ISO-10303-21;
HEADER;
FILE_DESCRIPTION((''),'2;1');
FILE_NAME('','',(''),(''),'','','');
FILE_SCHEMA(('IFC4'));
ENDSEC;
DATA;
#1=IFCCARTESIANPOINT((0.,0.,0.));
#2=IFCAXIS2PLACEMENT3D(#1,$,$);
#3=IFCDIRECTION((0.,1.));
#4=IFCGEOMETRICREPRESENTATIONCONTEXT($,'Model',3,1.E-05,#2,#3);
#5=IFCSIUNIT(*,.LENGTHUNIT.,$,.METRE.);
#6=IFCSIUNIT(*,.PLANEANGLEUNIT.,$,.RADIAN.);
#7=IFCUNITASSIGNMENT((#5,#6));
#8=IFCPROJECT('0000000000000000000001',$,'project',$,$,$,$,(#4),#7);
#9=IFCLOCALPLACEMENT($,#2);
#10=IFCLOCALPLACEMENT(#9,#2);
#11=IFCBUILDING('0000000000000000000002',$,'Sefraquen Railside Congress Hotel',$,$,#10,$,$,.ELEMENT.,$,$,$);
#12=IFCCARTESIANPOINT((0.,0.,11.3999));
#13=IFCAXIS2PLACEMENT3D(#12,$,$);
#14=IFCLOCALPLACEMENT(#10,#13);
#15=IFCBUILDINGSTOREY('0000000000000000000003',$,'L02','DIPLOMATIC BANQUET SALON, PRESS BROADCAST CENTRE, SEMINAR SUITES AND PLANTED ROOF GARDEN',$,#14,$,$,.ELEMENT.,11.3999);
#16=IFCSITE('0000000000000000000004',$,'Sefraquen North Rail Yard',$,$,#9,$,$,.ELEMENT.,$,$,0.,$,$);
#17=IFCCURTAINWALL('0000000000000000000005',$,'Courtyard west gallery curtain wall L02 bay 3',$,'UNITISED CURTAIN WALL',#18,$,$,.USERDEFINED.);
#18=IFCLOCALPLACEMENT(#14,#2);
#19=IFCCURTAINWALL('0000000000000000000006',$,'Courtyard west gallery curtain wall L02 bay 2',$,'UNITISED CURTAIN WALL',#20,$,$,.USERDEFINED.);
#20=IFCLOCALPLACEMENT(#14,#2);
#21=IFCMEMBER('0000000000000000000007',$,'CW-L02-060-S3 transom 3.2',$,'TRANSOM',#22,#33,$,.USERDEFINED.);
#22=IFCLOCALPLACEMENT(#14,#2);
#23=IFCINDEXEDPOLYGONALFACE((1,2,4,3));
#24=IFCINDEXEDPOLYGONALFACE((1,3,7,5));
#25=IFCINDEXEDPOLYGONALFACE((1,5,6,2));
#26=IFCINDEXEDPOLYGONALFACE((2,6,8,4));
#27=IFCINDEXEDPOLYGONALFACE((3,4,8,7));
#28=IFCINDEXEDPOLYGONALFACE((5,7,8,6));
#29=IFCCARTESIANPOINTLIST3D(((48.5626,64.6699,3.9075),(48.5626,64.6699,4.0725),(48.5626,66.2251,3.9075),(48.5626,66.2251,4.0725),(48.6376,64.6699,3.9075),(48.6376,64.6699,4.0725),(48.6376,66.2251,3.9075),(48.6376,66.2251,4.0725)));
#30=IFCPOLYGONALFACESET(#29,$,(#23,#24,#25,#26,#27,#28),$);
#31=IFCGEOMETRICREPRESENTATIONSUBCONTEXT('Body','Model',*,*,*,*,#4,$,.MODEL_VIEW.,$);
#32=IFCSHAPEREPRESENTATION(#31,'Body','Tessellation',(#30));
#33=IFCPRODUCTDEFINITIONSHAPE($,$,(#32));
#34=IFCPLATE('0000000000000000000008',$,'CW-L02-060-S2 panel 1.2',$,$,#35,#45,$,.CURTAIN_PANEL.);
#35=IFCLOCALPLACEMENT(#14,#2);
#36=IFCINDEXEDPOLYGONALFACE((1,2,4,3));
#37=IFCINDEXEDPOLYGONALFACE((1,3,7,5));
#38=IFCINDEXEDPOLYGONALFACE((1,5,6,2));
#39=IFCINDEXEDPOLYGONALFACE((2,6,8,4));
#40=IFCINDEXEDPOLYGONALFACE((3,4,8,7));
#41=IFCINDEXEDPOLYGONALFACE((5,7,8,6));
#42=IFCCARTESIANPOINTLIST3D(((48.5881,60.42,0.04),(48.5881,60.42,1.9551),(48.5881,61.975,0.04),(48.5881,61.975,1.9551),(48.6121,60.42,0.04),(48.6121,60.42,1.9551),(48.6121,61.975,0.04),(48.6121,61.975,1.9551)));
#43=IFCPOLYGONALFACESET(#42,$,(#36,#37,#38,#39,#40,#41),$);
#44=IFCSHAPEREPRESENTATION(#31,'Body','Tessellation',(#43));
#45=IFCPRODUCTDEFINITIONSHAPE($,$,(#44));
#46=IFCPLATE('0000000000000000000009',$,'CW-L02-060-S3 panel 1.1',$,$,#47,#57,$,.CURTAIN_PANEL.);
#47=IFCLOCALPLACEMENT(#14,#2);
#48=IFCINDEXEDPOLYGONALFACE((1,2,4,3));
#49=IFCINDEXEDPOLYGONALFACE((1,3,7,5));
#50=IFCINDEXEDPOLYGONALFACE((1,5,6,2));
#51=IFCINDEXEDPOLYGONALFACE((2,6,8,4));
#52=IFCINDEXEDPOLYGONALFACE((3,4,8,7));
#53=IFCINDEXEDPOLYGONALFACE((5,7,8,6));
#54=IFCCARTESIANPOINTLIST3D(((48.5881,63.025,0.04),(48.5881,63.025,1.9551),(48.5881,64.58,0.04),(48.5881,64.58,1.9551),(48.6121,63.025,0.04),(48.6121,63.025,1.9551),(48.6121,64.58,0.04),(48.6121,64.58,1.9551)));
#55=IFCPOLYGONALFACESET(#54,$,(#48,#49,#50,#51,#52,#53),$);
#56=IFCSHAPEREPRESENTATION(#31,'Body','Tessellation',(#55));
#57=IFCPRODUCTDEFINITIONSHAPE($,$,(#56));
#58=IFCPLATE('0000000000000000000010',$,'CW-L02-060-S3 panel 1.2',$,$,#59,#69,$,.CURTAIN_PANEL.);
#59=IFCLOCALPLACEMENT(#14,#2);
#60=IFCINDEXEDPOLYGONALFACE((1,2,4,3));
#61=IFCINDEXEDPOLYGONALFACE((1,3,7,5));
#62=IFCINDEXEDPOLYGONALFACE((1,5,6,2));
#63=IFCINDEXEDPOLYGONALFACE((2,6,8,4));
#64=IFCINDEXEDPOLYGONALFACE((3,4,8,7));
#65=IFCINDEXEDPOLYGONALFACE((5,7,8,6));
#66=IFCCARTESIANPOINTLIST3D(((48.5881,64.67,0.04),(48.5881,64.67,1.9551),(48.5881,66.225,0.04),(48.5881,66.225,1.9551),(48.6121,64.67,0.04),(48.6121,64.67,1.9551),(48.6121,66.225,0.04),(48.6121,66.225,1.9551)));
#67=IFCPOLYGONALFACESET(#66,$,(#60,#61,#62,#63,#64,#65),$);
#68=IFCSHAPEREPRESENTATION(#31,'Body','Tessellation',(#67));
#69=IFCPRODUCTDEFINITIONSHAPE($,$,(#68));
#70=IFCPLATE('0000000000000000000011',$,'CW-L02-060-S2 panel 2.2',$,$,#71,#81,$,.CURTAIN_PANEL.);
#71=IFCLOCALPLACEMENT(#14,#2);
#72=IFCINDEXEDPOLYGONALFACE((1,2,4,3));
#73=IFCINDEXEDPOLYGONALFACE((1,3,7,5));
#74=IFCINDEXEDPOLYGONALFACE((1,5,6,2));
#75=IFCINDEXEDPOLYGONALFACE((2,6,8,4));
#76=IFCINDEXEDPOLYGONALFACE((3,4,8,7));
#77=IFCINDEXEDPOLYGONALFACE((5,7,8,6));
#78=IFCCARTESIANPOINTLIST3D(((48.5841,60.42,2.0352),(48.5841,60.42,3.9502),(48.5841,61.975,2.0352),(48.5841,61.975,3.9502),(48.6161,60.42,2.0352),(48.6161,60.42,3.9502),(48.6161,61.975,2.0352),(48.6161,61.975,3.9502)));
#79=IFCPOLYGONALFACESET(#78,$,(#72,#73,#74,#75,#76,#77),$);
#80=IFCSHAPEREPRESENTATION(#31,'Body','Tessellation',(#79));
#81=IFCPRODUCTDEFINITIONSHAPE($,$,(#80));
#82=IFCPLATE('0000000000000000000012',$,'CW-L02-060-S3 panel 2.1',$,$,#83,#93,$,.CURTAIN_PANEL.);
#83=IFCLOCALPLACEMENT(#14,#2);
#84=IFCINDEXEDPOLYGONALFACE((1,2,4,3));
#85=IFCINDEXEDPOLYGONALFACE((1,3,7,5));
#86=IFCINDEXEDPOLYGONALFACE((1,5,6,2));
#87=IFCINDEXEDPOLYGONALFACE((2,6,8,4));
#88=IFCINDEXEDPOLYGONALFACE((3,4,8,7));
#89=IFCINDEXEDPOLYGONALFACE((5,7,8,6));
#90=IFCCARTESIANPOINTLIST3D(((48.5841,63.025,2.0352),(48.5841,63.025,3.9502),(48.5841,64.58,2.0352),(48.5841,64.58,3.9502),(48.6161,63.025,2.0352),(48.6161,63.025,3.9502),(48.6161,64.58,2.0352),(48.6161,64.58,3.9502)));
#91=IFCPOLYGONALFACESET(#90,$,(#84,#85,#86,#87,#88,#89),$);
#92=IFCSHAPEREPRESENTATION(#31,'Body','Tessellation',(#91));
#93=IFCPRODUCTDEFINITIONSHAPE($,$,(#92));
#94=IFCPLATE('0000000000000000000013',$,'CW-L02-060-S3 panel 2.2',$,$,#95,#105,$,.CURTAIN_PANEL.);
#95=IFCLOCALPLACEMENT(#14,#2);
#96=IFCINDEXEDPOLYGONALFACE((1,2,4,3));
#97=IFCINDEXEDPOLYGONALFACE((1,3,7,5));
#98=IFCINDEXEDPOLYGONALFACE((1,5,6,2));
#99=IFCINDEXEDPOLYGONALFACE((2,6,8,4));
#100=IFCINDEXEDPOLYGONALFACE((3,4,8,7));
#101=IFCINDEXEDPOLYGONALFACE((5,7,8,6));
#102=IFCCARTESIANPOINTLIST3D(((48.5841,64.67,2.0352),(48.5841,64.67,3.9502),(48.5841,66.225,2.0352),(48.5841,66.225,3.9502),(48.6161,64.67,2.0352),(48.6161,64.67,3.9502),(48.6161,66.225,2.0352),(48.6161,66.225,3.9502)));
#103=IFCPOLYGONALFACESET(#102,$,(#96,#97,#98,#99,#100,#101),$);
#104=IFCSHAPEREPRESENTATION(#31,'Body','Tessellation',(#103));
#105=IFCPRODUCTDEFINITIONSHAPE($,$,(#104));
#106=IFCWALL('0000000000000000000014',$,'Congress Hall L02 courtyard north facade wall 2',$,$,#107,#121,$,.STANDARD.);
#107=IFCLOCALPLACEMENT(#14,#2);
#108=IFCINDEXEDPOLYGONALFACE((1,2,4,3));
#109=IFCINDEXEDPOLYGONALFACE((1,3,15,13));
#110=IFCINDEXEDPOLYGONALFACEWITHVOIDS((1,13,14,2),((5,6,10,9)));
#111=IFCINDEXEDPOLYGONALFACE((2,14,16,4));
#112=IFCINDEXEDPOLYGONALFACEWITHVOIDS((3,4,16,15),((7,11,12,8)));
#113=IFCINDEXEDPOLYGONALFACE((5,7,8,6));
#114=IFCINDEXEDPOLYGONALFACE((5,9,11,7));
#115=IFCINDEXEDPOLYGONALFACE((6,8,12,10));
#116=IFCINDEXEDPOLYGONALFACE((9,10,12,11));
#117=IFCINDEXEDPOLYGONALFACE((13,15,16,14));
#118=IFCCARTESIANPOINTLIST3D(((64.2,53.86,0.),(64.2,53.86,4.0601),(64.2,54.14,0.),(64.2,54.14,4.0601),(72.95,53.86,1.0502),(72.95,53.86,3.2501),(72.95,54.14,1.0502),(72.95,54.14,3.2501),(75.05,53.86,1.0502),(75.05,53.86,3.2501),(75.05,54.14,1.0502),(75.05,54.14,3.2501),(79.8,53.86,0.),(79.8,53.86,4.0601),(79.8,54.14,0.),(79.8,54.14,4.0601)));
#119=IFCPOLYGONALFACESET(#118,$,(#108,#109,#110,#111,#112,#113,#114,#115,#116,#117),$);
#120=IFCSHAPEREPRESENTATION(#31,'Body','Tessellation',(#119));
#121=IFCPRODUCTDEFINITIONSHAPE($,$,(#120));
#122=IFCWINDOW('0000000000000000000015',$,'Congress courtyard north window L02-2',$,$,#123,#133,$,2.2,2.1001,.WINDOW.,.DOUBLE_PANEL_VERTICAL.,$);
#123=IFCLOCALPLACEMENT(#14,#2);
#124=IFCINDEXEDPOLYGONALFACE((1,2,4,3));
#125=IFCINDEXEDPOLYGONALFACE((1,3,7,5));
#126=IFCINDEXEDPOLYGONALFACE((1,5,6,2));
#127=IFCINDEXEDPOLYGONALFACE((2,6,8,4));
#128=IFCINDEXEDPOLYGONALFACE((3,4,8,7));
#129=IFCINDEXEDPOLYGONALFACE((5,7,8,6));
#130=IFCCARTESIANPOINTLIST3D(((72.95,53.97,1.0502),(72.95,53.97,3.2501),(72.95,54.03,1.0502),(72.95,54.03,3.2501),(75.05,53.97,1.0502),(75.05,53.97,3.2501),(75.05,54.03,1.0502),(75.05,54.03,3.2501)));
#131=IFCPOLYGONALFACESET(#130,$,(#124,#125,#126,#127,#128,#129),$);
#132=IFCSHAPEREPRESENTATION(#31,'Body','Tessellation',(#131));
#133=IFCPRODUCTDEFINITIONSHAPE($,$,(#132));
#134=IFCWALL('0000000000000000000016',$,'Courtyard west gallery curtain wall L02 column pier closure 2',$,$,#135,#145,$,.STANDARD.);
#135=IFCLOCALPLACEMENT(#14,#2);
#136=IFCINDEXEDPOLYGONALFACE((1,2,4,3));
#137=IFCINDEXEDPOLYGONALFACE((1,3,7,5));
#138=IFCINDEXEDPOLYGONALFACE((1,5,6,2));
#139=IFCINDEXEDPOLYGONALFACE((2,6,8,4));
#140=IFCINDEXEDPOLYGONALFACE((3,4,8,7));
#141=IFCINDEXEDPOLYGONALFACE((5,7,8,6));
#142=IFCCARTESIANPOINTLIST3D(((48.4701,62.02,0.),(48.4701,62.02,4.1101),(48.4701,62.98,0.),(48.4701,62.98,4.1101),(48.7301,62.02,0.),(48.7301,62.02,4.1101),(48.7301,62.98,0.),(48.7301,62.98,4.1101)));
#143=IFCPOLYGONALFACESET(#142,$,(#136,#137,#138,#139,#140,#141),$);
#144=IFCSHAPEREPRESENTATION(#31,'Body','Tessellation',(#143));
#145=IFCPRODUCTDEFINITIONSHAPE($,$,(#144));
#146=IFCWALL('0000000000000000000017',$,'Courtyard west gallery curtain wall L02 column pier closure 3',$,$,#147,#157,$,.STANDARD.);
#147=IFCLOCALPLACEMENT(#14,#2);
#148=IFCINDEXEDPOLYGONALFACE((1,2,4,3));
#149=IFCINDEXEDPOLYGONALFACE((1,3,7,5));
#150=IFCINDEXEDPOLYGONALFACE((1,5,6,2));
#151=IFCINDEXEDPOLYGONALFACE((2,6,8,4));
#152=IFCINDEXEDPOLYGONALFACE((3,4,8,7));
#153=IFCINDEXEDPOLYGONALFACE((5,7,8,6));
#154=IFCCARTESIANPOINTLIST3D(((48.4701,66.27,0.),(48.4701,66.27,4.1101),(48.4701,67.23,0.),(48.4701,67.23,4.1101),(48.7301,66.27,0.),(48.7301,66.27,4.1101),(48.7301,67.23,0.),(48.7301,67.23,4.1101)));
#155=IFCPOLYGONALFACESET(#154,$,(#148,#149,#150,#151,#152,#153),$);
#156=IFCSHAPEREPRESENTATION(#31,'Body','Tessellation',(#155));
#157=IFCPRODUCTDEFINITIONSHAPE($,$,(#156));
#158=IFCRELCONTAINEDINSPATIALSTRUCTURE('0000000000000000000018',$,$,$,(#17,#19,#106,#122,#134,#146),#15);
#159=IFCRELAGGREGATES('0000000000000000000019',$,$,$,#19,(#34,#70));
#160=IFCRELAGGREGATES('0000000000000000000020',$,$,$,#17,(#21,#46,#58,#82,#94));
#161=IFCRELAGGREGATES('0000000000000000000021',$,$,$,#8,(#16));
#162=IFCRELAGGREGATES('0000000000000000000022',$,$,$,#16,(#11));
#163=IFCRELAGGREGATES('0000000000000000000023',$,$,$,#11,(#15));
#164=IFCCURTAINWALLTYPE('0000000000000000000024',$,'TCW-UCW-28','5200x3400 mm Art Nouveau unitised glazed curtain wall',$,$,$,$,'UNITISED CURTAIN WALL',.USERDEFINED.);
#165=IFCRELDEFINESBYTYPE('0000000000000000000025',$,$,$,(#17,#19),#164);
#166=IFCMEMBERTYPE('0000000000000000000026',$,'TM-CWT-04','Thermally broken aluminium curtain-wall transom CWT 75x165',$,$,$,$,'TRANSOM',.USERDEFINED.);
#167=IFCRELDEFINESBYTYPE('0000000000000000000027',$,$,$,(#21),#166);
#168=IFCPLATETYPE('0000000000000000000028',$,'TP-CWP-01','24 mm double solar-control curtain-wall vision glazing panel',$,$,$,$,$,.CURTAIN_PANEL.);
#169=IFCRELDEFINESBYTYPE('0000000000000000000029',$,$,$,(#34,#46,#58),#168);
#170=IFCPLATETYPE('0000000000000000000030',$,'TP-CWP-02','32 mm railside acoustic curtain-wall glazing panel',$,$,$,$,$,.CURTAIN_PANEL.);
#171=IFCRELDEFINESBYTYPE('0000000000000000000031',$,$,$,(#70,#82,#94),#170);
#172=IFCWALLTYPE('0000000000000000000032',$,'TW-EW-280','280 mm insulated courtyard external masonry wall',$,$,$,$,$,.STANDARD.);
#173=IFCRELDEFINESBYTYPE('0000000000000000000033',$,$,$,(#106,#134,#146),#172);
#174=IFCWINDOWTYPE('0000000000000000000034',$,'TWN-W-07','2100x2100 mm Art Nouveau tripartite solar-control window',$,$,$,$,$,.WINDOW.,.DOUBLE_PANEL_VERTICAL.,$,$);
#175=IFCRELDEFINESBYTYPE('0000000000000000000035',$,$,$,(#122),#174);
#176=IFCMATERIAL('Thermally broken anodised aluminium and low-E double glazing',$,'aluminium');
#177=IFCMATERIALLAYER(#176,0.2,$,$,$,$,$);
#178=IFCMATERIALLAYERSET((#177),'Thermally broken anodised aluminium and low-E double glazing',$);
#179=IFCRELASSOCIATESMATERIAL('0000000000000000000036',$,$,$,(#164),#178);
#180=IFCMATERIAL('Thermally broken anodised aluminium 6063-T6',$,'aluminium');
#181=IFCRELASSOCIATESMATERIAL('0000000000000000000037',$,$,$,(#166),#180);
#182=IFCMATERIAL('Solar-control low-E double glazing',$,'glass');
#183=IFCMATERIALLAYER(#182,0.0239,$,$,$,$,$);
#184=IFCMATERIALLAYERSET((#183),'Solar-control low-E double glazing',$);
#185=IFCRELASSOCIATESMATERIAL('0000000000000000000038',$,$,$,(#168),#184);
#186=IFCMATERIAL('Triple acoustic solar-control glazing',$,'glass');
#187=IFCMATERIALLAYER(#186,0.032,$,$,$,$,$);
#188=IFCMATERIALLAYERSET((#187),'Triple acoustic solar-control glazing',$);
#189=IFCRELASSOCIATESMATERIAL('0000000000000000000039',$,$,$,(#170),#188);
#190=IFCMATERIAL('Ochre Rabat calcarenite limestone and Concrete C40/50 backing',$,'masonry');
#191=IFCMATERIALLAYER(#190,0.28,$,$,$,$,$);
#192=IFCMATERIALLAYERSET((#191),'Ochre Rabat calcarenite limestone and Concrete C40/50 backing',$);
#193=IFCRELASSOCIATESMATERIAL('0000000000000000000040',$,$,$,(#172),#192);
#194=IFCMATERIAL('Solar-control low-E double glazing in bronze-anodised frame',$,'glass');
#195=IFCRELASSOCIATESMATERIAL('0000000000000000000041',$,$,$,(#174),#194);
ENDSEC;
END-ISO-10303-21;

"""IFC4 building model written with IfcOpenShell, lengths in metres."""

from ifc_helpers import new_model, si_unit, direction, frame, frame_2d, origin, origin_2d, place, context, subcontext, project, spatial, rectangle, extrude, material, layer, layer_set, material_profile, profile_set, type_object, element, fill, aggregate, save


model = new_model("IFC4")

# Units and contexts
model_context = context("Model", 3, precision=1e-05, world=origin(), true_north=direction((0.0, 1.0)))
body_context = subcontext(model_context, "Body", "Model", "MODEL_VIEW")
ifc_project = project(units=[si_unit("LENGTHUNIT", "METRE"), si_unit("PLANEANGLEUNIT", "RADIAN")], contexts=[model_context])

# Site, building, storey
site_placement = place(None, origin())
site = spatial("IfcSite", under=ifc_project, at=site_placement, Name="Sefraquen North Rail Yard", CompositionType="ELEMENT", RefElevation=0.0)
building_placement = place(site_placement, origin())
building = spatial("IfcBuilding", under=site, at=building_placement, Name="Sefraquen Railside Congress Hotel", CompositionType="ELEMENT")
storey_placement = place(building_placement, frame((0.0, 0.0, 11.3999)))
storey = spatial("IfcBuildingStorey", under=building, at=storey_placement, Name="L02", Description="DIPLOMATIC BANQUET SALON, PRESS BROADCAST CENTRE, SEMINAR SUITES AND PLANTED ROOF GARDEN", CompositionType="ELEMENT", Elevation=11.3999)

# Curtain walls
ifc_material_1 = material(Name="Thermally broken anodised aluminium and low-E double glazing", Category="aluminium")
ifc_layer_1 = layer(ifc_material_1, 0.2)
ifc_layer_set_1 = layer_set([ifc_layer_1], Name="Thermally broken anodised aluminium and low-E double glazing")
curtain_wall_type = type_object("IfcCurtainWallType", Name="TCW-UCW-28", Description="5200x3400 mm Art Nouveau unitised glazed curtain wall", ElementType="UNITISED CURTAIN WALL", PredefinedType="USERDEFINED", material=ifc_layer_set_1)
curtain_wall_1_placement = place(storey_placement, origin())
curtain_wall_1 = element("IfcCurtainWall", 1, at=curtain_wall_1_placement, inside=storey, type_object=curtain_wall_type, Name="Courtyard west gallery curtain wall L02 bay 3", ObjectType="UNITISED CURTAIN WALL", PredefinedType="USERDEFINED")
ifc_material_2 = material(Name="Thermally broken anodised aluminium 6063-T6", Category="aluminium")
curtain_wall_2_placement = place(storey_placement, origin())
curtain_wall_2 = element("IfcCurtainWall", 2, at=curtain_wall_2_placement, inside=storey, type_object=curtain_wall_type, Name="Courtyard west gallery curtain wall L02 bay 2", ObjectType="UNITISED CURTAIN WALL", PredefinedType="USERDEFINED")

# Member
ifc_material_profile_1 = material_profile(ifc_material_2, rectangle(XDim=0.075, YDim=0.165, at=origin_2d()), Name="CWT 75x165")
ifc_profile_set_1 = profile_set([ifc_material_profile_1], Name="Thermally broken anodised aluminium 6063-T6")
member_type_1 = type_object("IfcMemberType", Name="TM-CWT-04", Description="Thermally broken aluminium curtain-wall transom CWT 75x165", ElementType="TRANSOM", PredefinedType="USERDEFINED", material=ifc_profile_set_1)
member_1_placement = place(storey_placement, frame((48.6001, 64.6699, 3.99), z_axis=(0.0, 1.0, 0.0), x_axis=(-1.0, 0.0, 0.0)))
member_1 = element("IfcMember", 3, at=member_1_placement, type_object=member_type_1, Name="CW-L02-060-S3 transom 3.2", ObjectType="TRANSOM", PredefinedType="USERDEFINED", context=body_context, shape_type="SweptSolid", body=[
    extrude(rectangle(XDim=0.075, YDim=0.165, at=origin_2d()), origin(), (0.0, 0.0, 1.0), 1.5552),
])

# Plates
ifc_material_3 = material(Name="Solar-control low-E double glazing", Category="glass")
ifc_layer_2 = layer(ifc_material_3, 0.0239)
ifc_layer_set_2 = layer_set([ifc_layer_2], Name="Solar-control low-E double glazing")
plate_type_1 = type_object("IfcPlateType", Name="TP-CWP-01", Description="24 mm double solar-control curtain-wall vision glazing panel", PredefinedType="CURTAIN_PANEL", material=ifc_layer_set_2)
plate_1_placement = place(storey_placement, frame((48.6001, 61.1975, 0.04), z_axis=(0.0, 0.0, 1.0), x_axis=(0.0, 1.0, 0.0)))
plate_1 = element("IfcPlate", 4, at=plate_1_placement, type_object=plate_type_1, Name="CW-L02-060-S2 panel 1.2", PredefinedType="CURTAIN_PANEL", context=body_context, shape_type="SweptSolid", body=[
    extrude(rectangle(XDim=1.5549, YDim=0.0239, at=origin_2d()), origin(), (0.0, 0.0, 1.0), 1.915),
])
plate_2_placement = place(storey_placement, frame((48.6001, 63.8025, 0.04), z_axis=(0.0, 0.0, 1.0), x_axis=(0.0, 1.0, 0.0)))
plate_2 = element("IfcPlate", 5, at=plate_2_placement, type_object=plate_type_1, Name="CW-L02-060-S3 panel 1.1", PredefinedType="CURTAIN_PANEL", context=body_context, shape_type="SweptSolid", body=[
    extrude(rectangle(XDim=1.5549, YDim=0.0239, at=origin_2d()), origin(), (0.0, 0.0, 1.0), 1.915),
])
plate_3_placement = place(storey_placement, frame((48.6001, 65.4475, 0.04), z_axis=(0.0, 0.0, 1.0), x_axis=(0.0, 1.0, 0.0)))
plate_3 = element("IfcPlate", 6, at=plate_3_placement, type_object=plate_type_1, Name="CW-L02-060-S3 panel 1.2", PredefinedType="CURTAIN_PANEL", context=body_context, shape_type="SweptSolid", body=[
    extrude(rectangle(XDim=1.5549, YDim=0.0239, at=origin_2d()), origin(), (0.0, 0.0, 1.0), 1.915),
])
ifc_material_4 = material(Name="Triple acoustic solar-control glazing", Category="glass")
ifc_layer_3 = layer(ifc_material_4, 0.032)
ifc_layer_set_3 = layer_set([ifc_layer_3], Name="Triple acoustic solar-control glazing")
plate_type_2 = type_object("IfcPlateType", Name="TP-CWP-02", Description="32 mm railside acoustic curtain-wall glazing panel", PredefinedType="CURTAIN_PANEL", material=ifc_layer_set_3)
plate_4_placement = place(storey_placement, frame((48.6001, 61.1975, 2.0352), z_axis=(0.0, 0.0, 1.0), x_axis=(0.0, 1.0, 0.0)))
plate_4 = element("IfcPlate", 7, at=plate_4_placement, type_object=plate_type_2, Name="CW-L02-060-S2 panel 2.2", PredefinedType="CURTAIN_PANEL", context=body_context, shape_type="SweptSolid", body=[
    extrude(rectangle(XDim=1.5549, YDim=0.032, at=origin_2d()), origin(), (0.0, 0.0, 1.0), 1.915),
])
aggregate(curtain_wall_2, [plate_1, plate_4])
plate_5_placement = place(storey_placement, frame((48.6001, 63.8025, 2.0352), z_axis=(0.0, 0.0, 1.0), x_axis=(0.0, 1.0, 0.0)))
plate_5 = element("IfcPlate", 8, at=plate_5_placement, type_object=plate_type_2, Name="CW-L02-060-S3 panel 2.1", PredefinedType="CURTAIN_PANEL", context=body_context, shape_type="SweptSolid", body=[
    extrude(rectangle(XDim=1.5549, YDim=0.032, at=origin_2d()), origin(), (0.0, 0.0, 1.0), 1.915),
])
plate_6_placement = place(storey_placement, frame((48.6001, 65.4475, 2.0352), z_axis=(0.0, 0.0, 1.0), x_axis=(0.0, 1.0, 0.0)))
plate_6 = element("IfcPlate", 9, at=plate_6_placement, type_object=plate_type_2, Name="CW-L02-060-S3 panel 2.2", PredefinedType="CURTAIN_PANEL", context=body_context, shape_type="SweptSolid", body=[
    extrude(rectangle(XDim=1.5549, YDim=0.032, at=origin_2d()), origin(), (0.0, 0.0, 1.0), 1.915),
])
aggregate(curtain_wall_1, [member_1, plate_2, plate_3, plate_5, plate_6])

# Wall, opening, window
ifc_material_5 = material(Name="Ochre Rabat calcarenite limestone and Concrete C40/50 backing", Category="masonry")
ifc_layer_4 = layer(ifc_material_5, 0.28)
ifc_layer_set_4 = layer_set([ifc_layer_4], Name="Ochre Rabat calcarenite limestone and Concrete C40/50 backing")
wall_type = type_object("IfcWallType", Name="TW-EW-280", Description="280 mm insulated courtyard external masonry wall", PredefinedType="STANDARD", material=ifc_layer_set_4)
wall_placement = place(storey_placement, frame((64.2, 54.0, 0.0), z_axis=(0.0, 0.0, 1.0), x_axis=(1.0, 0.0, 0.0)))
wall = element("IfcWall", 10, at=wall_placement, inside=storey, type_object=wall_type, Name="Congress Hall L02 courtyard north facade wall 2", PredefinedType="STANDARD", context=body_context, shape_type="SweptSolid", body=[
    extrude(rectangle(XDim=15.6001, YDim=0.28, at=frame_2d((7.8, 0.0))), origin(), (0.0, 0.0, 1.0), 4.0601),
])
opening_placement = place(wall_placement, frame((8.75, 0.0, 1.05)))
opening = element("IfcOpeningElement", 11, at=opening_placement, cuts=wall, PredefinedType="OPENING", context=body_context, shape_type="SweptSolid", body=[
    extrude(rectangle(XDim=2.1001, YDim=2.2, at=frame_2d((1.05, 1.1001))), frame((0.0, 0.1499, 0.0), z_axis=(0.0, -1.0, 0.0), x_axis=(1.0, 0.0, 0.0)), (0.0, 0.0, 1.0), 0.3),
])
ifc_material_6 = material(Name="Solar-control low-E double glazing in bronze-anodised frame", Category="glass")
window_type = type_object("IfcWindowType", Name="TWN-W-07", Description="2100x2100 mm Art Nouveau tripartite solar-control window", PartitioningType="DOUBLE_PANEL_VERTICAL", PredefinedType="WINDOW", material=ifc_material_6)
window_placement = place(opening_placement, origin())
window = element("IfcWindow", 12, at=window_placement, inside=storey, type_object=window_type, Name="Congress courtyard north window L02-2", OverallHeight=2.2, OverallWidth=2.1001, PartitioningType="DOUBLE_PANEL_VERTICAL", PredefinedType="WINDOW", context=body_context, shape_type="SweptSolid", body=[
    extrude(rectangle(XDim=2.1001, YDim=2.2, at=frame_2d((1.05, 1.1001))), frame((0.0, 0.03, 0.0), z_axis=(0.0, -1.0, 0.0), x_axis=(1.0, 0.0, 0.0)), (0.0, 0.0, 1.0), 0.0601),
])
fill(opening, window)

# Walls
for number, where, z_axis, x_axis, name in (
    (13, (48.6001, 62.02, 0.0), (0.0, 0.0, 1.0), (0.0, 1.0, 0.0), "Courtyard west gallery curtain wall L02 column pier closure 2"),
    (14, (48.6001, 66.27, 0.0), (0.0, 0.0, 1.0), (0.0, 1.0, 0.0), "Courtyard west gallery curtain wall L02 column pier closure 3"),
):
    element("IfcWall", number, at=place(storey_placement, frame(where, z_axis=z_axis, x_axis=x_axis)), inside=storey, type_object=wall_type, Name=name, PredefinedType="STANDARD", context=body_context, shape_type="SweptSolid", body=[
        extrude(rectangle(XDim=0.96, YDim=0.26, at=frame_2d((0.48, 0.0))), origin(), (0.0, 0.0, 1.0), 4.1101),
    ])

save(model, "model.ifc")
